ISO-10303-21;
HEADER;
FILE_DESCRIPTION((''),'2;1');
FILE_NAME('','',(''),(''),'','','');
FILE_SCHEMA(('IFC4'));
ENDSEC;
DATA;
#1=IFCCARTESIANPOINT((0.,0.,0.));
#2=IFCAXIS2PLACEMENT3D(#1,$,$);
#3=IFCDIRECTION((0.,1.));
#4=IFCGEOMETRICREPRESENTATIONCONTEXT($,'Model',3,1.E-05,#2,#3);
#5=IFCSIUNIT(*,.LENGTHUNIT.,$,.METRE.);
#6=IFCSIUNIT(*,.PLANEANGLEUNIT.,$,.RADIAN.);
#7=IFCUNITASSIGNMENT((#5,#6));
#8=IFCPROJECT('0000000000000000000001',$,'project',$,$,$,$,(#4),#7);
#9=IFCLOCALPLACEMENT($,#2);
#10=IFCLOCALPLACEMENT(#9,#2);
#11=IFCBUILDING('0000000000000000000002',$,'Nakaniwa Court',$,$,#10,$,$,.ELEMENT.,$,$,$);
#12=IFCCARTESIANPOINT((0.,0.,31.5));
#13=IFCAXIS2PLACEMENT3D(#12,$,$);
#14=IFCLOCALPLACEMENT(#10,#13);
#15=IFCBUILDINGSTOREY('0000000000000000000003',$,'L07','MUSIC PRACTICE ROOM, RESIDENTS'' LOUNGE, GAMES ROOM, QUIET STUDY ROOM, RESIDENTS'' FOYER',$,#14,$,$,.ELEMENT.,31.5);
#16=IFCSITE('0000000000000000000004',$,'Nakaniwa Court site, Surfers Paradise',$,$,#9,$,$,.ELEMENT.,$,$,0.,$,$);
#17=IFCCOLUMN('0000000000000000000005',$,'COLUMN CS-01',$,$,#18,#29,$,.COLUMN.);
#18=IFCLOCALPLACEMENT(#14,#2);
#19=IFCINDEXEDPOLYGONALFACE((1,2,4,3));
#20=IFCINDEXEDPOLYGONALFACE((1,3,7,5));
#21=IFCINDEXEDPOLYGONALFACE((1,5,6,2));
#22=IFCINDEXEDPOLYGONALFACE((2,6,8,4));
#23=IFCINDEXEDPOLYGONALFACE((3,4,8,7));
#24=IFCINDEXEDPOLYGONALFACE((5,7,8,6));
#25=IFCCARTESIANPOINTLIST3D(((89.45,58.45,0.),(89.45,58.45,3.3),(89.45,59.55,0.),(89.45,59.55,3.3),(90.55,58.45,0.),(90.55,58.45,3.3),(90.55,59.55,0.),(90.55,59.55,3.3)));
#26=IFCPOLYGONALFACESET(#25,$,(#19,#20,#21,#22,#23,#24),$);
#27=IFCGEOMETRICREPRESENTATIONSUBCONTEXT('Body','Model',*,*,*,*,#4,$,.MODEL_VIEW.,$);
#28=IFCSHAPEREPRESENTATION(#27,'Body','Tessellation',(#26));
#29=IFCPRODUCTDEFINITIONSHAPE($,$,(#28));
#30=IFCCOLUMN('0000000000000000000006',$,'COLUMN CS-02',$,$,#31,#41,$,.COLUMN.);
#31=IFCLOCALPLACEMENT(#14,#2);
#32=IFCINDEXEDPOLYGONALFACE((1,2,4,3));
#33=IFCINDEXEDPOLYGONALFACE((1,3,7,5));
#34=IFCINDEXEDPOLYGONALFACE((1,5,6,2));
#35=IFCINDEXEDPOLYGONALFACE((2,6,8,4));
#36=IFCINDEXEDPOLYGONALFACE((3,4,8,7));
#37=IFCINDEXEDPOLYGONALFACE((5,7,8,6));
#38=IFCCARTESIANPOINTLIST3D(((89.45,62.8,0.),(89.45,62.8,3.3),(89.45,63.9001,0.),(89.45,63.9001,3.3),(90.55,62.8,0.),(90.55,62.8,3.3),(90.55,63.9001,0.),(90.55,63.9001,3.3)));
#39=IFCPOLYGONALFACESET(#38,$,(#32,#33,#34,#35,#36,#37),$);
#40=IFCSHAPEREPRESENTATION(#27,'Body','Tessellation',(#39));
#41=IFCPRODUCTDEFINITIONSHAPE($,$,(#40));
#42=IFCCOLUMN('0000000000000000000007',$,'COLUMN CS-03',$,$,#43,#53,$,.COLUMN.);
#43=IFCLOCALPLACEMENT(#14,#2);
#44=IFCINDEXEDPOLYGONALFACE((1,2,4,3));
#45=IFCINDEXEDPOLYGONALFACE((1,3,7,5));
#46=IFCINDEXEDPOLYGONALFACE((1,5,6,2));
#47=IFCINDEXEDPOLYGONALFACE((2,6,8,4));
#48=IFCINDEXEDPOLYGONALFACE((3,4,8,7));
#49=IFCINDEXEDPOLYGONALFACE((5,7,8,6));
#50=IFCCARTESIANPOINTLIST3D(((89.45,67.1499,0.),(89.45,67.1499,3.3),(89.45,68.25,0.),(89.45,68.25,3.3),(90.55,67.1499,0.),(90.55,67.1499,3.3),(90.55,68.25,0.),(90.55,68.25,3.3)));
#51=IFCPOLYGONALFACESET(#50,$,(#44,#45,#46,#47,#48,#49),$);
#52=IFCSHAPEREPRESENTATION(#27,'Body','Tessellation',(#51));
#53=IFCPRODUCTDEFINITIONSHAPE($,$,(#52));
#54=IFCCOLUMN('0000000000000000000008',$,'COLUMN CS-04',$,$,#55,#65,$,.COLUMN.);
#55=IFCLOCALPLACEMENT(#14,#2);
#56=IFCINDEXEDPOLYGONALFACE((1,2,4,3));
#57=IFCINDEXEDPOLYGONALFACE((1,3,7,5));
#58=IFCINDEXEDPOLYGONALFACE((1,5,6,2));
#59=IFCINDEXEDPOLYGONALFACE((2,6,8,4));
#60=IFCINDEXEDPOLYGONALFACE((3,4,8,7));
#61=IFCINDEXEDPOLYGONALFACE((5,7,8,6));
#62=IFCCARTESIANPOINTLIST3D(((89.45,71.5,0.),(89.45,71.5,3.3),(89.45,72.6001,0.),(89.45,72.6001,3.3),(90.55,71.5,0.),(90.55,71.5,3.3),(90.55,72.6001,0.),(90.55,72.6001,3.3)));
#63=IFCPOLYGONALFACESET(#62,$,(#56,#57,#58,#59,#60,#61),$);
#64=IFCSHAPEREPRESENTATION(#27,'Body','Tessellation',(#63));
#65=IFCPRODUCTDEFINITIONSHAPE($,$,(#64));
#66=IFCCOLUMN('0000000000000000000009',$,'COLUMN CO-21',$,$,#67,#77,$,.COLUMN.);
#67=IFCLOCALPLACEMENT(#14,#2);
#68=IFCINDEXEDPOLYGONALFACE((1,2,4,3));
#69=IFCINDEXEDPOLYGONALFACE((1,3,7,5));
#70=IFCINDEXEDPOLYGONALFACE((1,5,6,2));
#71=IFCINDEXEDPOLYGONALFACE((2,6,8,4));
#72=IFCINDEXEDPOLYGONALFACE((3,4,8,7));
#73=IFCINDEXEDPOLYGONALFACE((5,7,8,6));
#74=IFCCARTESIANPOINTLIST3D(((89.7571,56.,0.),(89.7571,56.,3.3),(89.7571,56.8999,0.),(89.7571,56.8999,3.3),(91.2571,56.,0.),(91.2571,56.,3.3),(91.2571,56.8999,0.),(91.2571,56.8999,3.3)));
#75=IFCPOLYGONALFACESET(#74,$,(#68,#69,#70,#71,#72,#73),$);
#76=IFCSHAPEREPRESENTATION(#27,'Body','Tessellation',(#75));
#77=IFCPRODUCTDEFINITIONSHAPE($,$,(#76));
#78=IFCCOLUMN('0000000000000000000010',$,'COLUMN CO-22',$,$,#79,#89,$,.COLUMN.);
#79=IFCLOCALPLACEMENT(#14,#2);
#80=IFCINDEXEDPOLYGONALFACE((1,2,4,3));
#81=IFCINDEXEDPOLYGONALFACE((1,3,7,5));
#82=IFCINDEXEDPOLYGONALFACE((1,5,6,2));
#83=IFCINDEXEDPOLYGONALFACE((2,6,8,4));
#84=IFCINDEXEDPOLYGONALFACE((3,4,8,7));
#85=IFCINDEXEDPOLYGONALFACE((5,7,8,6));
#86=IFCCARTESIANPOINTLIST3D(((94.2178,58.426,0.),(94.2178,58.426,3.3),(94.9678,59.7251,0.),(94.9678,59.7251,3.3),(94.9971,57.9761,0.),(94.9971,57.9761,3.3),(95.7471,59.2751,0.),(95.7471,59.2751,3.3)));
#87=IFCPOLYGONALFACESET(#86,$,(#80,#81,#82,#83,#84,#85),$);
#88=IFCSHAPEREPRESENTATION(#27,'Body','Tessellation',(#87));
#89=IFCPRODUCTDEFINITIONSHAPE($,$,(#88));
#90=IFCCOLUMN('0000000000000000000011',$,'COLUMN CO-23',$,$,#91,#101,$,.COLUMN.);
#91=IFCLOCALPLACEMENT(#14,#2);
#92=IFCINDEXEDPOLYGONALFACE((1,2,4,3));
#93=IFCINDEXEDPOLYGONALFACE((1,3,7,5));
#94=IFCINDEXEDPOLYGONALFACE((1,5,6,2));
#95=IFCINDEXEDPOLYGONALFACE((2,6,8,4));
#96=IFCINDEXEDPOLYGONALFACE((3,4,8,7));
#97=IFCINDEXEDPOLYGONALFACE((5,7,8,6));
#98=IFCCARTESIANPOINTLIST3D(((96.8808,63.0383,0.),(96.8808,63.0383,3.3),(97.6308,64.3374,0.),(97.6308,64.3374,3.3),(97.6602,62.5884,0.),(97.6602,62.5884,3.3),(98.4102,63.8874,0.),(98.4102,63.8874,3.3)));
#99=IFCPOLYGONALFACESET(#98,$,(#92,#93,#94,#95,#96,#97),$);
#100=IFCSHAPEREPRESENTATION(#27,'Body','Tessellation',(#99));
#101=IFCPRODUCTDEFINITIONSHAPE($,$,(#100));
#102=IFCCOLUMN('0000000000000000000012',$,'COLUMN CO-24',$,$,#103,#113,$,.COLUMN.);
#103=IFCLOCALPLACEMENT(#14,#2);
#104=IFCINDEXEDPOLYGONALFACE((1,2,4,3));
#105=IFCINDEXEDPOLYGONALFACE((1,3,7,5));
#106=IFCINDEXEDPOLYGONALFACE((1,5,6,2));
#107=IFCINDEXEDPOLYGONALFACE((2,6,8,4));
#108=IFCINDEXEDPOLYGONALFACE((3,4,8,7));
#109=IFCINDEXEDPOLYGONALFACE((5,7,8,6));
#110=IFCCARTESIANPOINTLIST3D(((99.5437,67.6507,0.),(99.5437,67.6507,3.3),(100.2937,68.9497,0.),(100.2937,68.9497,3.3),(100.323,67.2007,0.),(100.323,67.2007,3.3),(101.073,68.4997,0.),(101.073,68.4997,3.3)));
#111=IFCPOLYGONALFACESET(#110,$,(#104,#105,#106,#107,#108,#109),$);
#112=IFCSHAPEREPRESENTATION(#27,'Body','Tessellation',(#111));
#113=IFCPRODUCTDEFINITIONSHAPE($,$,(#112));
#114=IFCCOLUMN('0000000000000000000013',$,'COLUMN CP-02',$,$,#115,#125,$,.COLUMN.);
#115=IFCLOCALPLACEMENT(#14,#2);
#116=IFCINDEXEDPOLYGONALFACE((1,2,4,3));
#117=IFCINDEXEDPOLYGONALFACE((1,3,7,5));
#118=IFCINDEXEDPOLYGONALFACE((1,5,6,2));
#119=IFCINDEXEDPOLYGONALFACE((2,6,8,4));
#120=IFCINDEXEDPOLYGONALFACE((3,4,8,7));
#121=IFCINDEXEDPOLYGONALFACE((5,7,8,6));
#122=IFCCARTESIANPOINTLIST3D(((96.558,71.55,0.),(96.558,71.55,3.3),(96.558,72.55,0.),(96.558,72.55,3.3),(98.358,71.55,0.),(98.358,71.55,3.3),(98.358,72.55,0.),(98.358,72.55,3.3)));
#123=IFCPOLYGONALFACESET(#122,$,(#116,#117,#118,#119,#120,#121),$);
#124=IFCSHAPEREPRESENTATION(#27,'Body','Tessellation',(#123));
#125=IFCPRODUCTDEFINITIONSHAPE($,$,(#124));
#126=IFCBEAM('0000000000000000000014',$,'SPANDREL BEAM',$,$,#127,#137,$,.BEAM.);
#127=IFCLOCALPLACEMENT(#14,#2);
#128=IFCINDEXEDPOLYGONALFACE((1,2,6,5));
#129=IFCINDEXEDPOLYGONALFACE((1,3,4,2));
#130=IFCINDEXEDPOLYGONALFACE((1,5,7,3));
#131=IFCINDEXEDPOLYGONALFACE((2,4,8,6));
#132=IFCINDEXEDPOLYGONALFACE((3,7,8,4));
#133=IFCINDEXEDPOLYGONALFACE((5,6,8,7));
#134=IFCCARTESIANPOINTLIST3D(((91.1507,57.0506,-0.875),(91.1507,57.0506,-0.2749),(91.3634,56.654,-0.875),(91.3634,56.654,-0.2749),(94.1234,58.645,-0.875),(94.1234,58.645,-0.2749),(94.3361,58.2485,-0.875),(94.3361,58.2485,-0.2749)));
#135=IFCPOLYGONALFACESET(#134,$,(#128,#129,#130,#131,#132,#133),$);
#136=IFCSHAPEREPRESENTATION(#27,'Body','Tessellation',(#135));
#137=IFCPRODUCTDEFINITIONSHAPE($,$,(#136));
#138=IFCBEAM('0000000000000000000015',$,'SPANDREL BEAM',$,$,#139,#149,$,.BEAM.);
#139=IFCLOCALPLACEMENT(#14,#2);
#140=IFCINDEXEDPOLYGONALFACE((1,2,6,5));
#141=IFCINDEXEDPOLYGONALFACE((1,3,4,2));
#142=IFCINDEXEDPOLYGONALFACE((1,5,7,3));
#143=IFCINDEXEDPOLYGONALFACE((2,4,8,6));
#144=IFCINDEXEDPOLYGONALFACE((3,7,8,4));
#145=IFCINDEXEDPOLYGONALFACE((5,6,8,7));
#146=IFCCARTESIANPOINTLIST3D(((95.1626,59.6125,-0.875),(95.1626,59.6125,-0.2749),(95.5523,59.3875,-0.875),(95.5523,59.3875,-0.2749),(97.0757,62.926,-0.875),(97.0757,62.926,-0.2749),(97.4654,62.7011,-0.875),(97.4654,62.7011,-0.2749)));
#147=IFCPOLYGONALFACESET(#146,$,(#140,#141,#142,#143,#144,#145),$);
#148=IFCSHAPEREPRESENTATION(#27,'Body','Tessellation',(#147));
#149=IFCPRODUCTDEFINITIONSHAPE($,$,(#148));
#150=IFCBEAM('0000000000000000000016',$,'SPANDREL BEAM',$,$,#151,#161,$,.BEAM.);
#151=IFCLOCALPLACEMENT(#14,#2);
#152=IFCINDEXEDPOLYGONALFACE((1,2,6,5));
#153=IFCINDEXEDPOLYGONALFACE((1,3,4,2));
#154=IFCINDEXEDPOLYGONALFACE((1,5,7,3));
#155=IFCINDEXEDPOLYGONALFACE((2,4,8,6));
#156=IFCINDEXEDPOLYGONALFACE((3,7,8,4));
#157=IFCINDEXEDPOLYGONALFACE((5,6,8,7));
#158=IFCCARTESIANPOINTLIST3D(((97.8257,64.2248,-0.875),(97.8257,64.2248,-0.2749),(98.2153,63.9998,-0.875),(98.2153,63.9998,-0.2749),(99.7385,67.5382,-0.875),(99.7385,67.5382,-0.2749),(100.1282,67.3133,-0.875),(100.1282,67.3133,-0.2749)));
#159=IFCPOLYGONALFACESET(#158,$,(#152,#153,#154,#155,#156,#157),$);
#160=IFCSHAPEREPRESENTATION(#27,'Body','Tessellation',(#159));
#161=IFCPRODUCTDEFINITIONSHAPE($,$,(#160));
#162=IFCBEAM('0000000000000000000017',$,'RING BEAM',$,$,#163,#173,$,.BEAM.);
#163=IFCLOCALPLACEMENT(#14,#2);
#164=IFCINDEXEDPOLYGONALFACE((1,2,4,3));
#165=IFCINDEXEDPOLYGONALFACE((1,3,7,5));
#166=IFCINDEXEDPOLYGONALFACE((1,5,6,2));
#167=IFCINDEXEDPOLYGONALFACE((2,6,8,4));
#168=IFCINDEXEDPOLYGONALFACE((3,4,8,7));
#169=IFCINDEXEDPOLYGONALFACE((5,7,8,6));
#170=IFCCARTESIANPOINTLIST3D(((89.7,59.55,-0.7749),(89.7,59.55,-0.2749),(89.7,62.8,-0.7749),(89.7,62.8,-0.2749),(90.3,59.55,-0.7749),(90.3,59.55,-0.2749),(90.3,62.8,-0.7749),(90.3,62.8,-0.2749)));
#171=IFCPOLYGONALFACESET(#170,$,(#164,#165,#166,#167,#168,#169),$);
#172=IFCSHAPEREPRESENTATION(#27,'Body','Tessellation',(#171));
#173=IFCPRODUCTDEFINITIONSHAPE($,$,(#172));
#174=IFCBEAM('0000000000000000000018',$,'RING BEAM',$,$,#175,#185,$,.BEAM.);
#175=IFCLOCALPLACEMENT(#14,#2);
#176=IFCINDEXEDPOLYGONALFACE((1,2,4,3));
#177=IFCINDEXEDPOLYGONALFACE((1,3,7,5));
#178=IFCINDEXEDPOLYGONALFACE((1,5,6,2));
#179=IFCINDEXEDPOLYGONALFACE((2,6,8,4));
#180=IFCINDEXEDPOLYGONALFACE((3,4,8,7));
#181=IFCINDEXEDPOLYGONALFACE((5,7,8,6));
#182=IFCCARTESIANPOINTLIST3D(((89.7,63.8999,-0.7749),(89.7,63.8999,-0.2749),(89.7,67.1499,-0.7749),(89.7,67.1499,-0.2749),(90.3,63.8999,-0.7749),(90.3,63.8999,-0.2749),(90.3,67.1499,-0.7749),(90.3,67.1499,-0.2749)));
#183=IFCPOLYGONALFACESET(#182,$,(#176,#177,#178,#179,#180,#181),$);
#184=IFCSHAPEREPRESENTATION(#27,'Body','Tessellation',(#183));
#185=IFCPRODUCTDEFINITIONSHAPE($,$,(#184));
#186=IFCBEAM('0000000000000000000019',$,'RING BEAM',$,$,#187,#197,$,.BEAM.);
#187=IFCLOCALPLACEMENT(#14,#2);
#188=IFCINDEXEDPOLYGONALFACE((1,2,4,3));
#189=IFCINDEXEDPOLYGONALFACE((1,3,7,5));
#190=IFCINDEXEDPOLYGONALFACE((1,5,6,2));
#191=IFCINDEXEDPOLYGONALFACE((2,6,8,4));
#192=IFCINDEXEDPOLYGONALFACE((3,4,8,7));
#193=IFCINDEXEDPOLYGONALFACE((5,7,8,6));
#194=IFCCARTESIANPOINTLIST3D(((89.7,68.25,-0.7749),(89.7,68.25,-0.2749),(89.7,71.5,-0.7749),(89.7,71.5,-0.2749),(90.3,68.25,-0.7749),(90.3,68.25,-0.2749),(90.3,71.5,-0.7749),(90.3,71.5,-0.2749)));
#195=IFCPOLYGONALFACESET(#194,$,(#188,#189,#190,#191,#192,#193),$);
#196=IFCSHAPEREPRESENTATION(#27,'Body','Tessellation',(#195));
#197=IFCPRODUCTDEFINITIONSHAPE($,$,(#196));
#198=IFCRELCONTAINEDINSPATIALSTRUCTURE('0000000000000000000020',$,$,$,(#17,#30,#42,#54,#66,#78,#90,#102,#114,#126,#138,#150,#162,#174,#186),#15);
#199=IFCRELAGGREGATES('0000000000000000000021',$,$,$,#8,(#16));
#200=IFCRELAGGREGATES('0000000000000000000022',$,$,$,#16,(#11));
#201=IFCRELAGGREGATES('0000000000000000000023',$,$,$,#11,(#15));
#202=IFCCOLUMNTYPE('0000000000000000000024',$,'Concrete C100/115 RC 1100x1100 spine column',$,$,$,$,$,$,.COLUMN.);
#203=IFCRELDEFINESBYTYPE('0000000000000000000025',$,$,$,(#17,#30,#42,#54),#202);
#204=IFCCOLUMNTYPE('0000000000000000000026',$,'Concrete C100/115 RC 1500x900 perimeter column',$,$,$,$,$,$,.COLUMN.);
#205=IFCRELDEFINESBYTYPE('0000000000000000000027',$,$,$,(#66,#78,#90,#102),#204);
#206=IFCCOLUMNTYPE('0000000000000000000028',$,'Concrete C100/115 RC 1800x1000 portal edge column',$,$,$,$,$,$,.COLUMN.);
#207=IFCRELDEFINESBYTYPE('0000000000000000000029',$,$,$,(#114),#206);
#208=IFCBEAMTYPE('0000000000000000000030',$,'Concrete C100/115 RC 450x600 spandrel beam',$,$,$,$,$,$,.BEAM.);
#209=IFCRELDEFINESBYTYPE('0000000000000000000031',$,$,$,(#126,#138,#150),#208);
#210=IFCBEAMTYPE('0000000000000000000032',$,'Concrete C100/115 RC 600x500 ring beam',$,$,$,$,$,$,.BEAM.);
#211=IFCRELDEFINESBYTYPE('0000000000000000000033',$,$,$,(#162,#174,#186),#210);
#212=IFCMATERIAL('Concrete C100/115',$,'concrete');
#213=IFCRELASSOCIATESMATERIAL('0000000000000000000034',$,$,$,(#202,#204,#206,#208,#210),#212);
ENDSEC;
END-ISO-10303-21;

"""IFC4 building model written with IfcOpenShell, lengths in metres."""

from ifc_helpers import new_model, si_unit, direction, frame, origin, origin_2d, place, context, subcontext, project, spatial, rectangle, extrude, material, material_profile, profile_set, type_object, element, save


model = new_model("IFC4")

# Units and contexts
model_context = context("Model", 3, precision=1e-05, world=origin(), true_north=direction((0.0, 1.0)))
body_context = subcontext(model_context, "Body", "Model", "MODEL_VIEW")
ifc_project = project(units=[si_unit("LENGTHUNIT", "METRE"), si_unit("PLANEANGLEUNIT", "RADIAN")], contexts=[model_context])

# Site, building, storey
site_placement = place(None, origin())
site = spatial("IfcSite", under=ifc_project, at=site_placement, Name="Nakaniwa Court site, Surfers Paradise", CompositionType="ELEMENT", RefElevation=0.0)
building_placement = place(site_placement, origin())
building = spatial("IfcBuilding", under=site, at=building_placement, Name="Nakaniwa Court", CompositionType="ELEMENT")
storey_placement = place(building_placement, frame((0.0, 0.0, 31.5)))
storey = spatial("IfcBuildingStorey", under=building, at=storey_placement, Name="L07", Description="MUSIC PRACTICE ROOM, RESIDENTS' LOUNGE, GAMES ROOM, QUIET STUDY ROOM, RESIDENTS' FOYER", CompositionType="ELEMENT", Elevation=31.5)

# Columns
ifc_material_1 = material(Name="Concrete C100/115", Category="concrete")
ifc_material_profile_1 = material_profile(ifc_material_1, rectangle(XDim=1.1001, YDim=1.1001, at=origin_2d()), Name="Concrete C100/115 RC 1100x1100 spine column")
ifc_profile_set_1 = profile_set([ifc_material_profile_1], Name="Concrete C100/115")
column_type_1 = type_object("IfcColumnType", Name="Concrete C100/115 RC 1100x1100 spine column", PredefinedType="COLUMN", material=ifc_profile_set_1)
for number, where, z_axis, x_axis, name in (
    (1, (90.0, 59.0, 0.0), (0.0, 0.0, 1.0), (0.0, 1.0, 0.0), "COLUMN CS-01"),
    (2, (90.0, 63.3501, 0.0), (0.0, 0.0, 1.0), (0.0, 1.0, 0.0), "COLUMN CS-02"),
    (3, (90.0, 67.7, 0.0), (0.0, 0.0, 1.0), (0.0, 1.0, 0.0), "COLUMN CS-03"),
    (4, (90.0, 72.05, 0.0), (0.0, 0.0, 1.0), (0.0, 1.0, 0.0), "COLUMN CS-04"),
):
    element("IfcColumn", number, at=place(storey_placement, frame(where, z_axis=z_axis, x_axis=x_axis)), inside=storey, type_object=column_type_1, Name=name, PredefinedType="COLUMN", context=body_context, shape_type="SweptSolid", body=[
        extrude(rectangle(XDim=1.1001, YDim=1.1001, at=origin_2d()), origin(), (0.0, 0.0, 1.0), 3.3),
    ])
ifc_material_profile_2 = material_profile(ifc_material_1, rectangle(XDim=1.5, YDim=0.8999, at=origin_2d()), Name="Concrete C100/115 RC 1500x900 perimeter column")
ifc_profile_set_2 = profile_set([ifc_material_profile_2], Name="Concrete C100/115")
column_type_2 = type_object("IfcColumnType", Name="Concrete C100/115 RC 1500x900 perimeter column", PredefinedType="COLUMN", material=ifc_profile_set_2)
for number, where, z_axis, x_axis, name in (
    (5, (90.5071, 56.45, 0.0), (0.0, 0.0, 1.0), (1.0, 0.0, 0.0), "COLUMN CO-21"),
    (6, (94.9824, 58.8506, 0.0), (0.0, 0.0, 1.0), (0.5, 0.866025, 0.0), "COLUMN CO-22"),
    (7, (97.6455, 63.4629, 0.0), (0.0, 0.0, 1.0), (0.5, 0.866025, 0.0), "COLUMN CO-23"),
    (8, (100.3083, 68.0752, 0.0), (0.0, 0.0, 1.0), (0.5, 0.866025, 0.0), "COLUMN CO-24"),
):
    element("IfcColumn", number, at=place(storey_placement, frame(where, z_axis=z_axis, x_axis=x_axis)), inside=storey, type_object=column_type_2, Name=name, PredefinedType="COLUMN", context=body_context, shape_type="SweptSolid", body=[
        extrude(rectangle(XDim=1.5, YDim=0.8999, at=origin_2d()), origin(), (0.0, 0.0, 1.0), 3.3),
    ])
ifc_material_profile_3 = material_profile(ifc_material_1, rectangle(XDim=1.8, YDim=1.0, at=origin_2d()), Name="Concrete C100/115 RC 1800x1000 portal edge column")
ifc_profile_set_3 = profile_set([ifc_material_profile_3], Name="Concrete C100/115")
column_type_3 = type_object("IfcColumnType", Name="Concrete C100/115 RC 1800x1000 portal edge column", PredefinedType="COLUMN", material=ifc_profile_set_3)
column_placement = place(storey_placement, frame((97.458, 72.05, 0.0), z_axis=(0.0, 0.0, 1.0), x_axis=(1.0, 0.0, 0.0)))
element("IfcColumn", 9, at=column_placement, inside=storey, type_object=column_type_3, Name="COLUMN CP-02", PredefinedType="COLUMN", context=body_context, shape_type="SweptSolid", body=[
    extrude(rectangle(XDim=1.8, YDim=1.0, at=origin_2d()), origin(), (0.0, 0.0, 1.0), 3.3),
])

# Beams
ifc_material_profile_4 = material_profile(ifc_material_1, rectangle(XDim=0.45, YDim=0.6001, at=origin_2d()), Name="Concrete C100/115 RC 450x600 spandrel beam")
ifc_profile_set_4 = profile_set([ifc_material_profile_4], Name="Concrete C100/115")
beam_type_1 = type_object("IfcBeamType", Name="Concrete C100/115 RC 450x600 spandrel beam", PredefinedType="BEAM", material=ifc_profile_set_4)
beam_1_placement = place(storey_placement, frame((91.2571, 56.8523, -0.575), z_axis=(0.881235, 0.472679, 0.0), x_axis=(-0.472679, 0.881235, 0.0)))
element("IfcBeam", 10, at=beam_1_placement, inside=storey, type_object=beam_type_1, Name="SPANDREL BEAM", PredefinedType="BEAM", context=body_context, shape_type="SweptSolid", body=[
    extrude(rectangle(XDim=0.45, YDim=0.6001, at=origin_2d()), origin(), (0.0, 0.0, 1.0), 3.3733),
])
beam_2_placement = place(storey_placement, frame((95.3574, 59.5, -0.575), z_axis=(0.50001, 0.86602, 0.0), x_axis=(-0.86602, 0.50001, 0.0)))
element("IfcBeam", 11, at=beam_2_placement, inside=storey, type_object=beam_type_1, Name="SPANDREL BEAM", PredefinedType="BEAM", context=body_context, shape_type="SweptSolid", body=[
    extrude(rectangle(XDim=0.45, YDim=0.6001, at=origin_2d()), origin(), (0.0, 0.0, 1.0), 3.8262),
])
beam_3_placement = place(storey_placement, frame((98.0205, 64.1123, -0.575), z_axis=(0.499962, 0.866047, 0.0), x_axis=(-0.866047, 0.499962, 0.0)))
element("IfcBeam", 12, at=beam_3_placement, inside=storey, type_object=beam_type_1, Name="SPANDREL BEAM", PredefinedType="BEAM", context=body_context, shape_type="SweptSolid", body=[
    extrude(rectangle(XDim=0.45, YDim=0.6001, at=origin_2d()), origin(), (0.0, 0.0, 1.0), 3.8259),
])
ifc_material_profile_5 = material_profile(ifc_material_1, rectangle(XDim=0.6001, YDim=0.5, at=origin_2d()), Name="Concrete C100/115 RC 600x500 ring beam")
ifc_profile_set_5 = profile_set([ifc_material_profile_5], Name="Concrete C100/115")
beam_type_2 = type_object("IfcBeamType", Name="Concrete C100/115 RC 600x500 ring beam", PredefinedType="BEAM", material=ifc_profile_set_5)
for number, where, z_axis, x_axis, name in (
    (13, (90.0, 59.55, -0.5249), (0.0, 1.0, 0.0), (-1.0, 0.0, 0.0), "RING BEAM"),
    (14, (90.0, 63.8999, -0.5249), (0.0, 1.0, 0.0), (-1.0, 0.0, 0.0), "RING BEAM"),
    (15, (90.0, 68.25, -0.5249), (0.0, 1.0, 0.0), (-1.0, 0.0, 0.0), "RING BEAM"),
):
    element("IfcBeam", number, at=place(storey_placement, frame(where, z_axis=z_axis, x_axis=x_axis)), inside=storey, type_object=beam_type_2, Name=name, PredefinedType="BEAM", context=body_context, shape_type="SweptSolid", body=[
        extrude(rectangle(XDim=0.6001, YDim=0.5, at=origin_2d()), origin(), (0.0, 0.0, 1.0), 3.25),
    ])

save(model, "model.ifc")
